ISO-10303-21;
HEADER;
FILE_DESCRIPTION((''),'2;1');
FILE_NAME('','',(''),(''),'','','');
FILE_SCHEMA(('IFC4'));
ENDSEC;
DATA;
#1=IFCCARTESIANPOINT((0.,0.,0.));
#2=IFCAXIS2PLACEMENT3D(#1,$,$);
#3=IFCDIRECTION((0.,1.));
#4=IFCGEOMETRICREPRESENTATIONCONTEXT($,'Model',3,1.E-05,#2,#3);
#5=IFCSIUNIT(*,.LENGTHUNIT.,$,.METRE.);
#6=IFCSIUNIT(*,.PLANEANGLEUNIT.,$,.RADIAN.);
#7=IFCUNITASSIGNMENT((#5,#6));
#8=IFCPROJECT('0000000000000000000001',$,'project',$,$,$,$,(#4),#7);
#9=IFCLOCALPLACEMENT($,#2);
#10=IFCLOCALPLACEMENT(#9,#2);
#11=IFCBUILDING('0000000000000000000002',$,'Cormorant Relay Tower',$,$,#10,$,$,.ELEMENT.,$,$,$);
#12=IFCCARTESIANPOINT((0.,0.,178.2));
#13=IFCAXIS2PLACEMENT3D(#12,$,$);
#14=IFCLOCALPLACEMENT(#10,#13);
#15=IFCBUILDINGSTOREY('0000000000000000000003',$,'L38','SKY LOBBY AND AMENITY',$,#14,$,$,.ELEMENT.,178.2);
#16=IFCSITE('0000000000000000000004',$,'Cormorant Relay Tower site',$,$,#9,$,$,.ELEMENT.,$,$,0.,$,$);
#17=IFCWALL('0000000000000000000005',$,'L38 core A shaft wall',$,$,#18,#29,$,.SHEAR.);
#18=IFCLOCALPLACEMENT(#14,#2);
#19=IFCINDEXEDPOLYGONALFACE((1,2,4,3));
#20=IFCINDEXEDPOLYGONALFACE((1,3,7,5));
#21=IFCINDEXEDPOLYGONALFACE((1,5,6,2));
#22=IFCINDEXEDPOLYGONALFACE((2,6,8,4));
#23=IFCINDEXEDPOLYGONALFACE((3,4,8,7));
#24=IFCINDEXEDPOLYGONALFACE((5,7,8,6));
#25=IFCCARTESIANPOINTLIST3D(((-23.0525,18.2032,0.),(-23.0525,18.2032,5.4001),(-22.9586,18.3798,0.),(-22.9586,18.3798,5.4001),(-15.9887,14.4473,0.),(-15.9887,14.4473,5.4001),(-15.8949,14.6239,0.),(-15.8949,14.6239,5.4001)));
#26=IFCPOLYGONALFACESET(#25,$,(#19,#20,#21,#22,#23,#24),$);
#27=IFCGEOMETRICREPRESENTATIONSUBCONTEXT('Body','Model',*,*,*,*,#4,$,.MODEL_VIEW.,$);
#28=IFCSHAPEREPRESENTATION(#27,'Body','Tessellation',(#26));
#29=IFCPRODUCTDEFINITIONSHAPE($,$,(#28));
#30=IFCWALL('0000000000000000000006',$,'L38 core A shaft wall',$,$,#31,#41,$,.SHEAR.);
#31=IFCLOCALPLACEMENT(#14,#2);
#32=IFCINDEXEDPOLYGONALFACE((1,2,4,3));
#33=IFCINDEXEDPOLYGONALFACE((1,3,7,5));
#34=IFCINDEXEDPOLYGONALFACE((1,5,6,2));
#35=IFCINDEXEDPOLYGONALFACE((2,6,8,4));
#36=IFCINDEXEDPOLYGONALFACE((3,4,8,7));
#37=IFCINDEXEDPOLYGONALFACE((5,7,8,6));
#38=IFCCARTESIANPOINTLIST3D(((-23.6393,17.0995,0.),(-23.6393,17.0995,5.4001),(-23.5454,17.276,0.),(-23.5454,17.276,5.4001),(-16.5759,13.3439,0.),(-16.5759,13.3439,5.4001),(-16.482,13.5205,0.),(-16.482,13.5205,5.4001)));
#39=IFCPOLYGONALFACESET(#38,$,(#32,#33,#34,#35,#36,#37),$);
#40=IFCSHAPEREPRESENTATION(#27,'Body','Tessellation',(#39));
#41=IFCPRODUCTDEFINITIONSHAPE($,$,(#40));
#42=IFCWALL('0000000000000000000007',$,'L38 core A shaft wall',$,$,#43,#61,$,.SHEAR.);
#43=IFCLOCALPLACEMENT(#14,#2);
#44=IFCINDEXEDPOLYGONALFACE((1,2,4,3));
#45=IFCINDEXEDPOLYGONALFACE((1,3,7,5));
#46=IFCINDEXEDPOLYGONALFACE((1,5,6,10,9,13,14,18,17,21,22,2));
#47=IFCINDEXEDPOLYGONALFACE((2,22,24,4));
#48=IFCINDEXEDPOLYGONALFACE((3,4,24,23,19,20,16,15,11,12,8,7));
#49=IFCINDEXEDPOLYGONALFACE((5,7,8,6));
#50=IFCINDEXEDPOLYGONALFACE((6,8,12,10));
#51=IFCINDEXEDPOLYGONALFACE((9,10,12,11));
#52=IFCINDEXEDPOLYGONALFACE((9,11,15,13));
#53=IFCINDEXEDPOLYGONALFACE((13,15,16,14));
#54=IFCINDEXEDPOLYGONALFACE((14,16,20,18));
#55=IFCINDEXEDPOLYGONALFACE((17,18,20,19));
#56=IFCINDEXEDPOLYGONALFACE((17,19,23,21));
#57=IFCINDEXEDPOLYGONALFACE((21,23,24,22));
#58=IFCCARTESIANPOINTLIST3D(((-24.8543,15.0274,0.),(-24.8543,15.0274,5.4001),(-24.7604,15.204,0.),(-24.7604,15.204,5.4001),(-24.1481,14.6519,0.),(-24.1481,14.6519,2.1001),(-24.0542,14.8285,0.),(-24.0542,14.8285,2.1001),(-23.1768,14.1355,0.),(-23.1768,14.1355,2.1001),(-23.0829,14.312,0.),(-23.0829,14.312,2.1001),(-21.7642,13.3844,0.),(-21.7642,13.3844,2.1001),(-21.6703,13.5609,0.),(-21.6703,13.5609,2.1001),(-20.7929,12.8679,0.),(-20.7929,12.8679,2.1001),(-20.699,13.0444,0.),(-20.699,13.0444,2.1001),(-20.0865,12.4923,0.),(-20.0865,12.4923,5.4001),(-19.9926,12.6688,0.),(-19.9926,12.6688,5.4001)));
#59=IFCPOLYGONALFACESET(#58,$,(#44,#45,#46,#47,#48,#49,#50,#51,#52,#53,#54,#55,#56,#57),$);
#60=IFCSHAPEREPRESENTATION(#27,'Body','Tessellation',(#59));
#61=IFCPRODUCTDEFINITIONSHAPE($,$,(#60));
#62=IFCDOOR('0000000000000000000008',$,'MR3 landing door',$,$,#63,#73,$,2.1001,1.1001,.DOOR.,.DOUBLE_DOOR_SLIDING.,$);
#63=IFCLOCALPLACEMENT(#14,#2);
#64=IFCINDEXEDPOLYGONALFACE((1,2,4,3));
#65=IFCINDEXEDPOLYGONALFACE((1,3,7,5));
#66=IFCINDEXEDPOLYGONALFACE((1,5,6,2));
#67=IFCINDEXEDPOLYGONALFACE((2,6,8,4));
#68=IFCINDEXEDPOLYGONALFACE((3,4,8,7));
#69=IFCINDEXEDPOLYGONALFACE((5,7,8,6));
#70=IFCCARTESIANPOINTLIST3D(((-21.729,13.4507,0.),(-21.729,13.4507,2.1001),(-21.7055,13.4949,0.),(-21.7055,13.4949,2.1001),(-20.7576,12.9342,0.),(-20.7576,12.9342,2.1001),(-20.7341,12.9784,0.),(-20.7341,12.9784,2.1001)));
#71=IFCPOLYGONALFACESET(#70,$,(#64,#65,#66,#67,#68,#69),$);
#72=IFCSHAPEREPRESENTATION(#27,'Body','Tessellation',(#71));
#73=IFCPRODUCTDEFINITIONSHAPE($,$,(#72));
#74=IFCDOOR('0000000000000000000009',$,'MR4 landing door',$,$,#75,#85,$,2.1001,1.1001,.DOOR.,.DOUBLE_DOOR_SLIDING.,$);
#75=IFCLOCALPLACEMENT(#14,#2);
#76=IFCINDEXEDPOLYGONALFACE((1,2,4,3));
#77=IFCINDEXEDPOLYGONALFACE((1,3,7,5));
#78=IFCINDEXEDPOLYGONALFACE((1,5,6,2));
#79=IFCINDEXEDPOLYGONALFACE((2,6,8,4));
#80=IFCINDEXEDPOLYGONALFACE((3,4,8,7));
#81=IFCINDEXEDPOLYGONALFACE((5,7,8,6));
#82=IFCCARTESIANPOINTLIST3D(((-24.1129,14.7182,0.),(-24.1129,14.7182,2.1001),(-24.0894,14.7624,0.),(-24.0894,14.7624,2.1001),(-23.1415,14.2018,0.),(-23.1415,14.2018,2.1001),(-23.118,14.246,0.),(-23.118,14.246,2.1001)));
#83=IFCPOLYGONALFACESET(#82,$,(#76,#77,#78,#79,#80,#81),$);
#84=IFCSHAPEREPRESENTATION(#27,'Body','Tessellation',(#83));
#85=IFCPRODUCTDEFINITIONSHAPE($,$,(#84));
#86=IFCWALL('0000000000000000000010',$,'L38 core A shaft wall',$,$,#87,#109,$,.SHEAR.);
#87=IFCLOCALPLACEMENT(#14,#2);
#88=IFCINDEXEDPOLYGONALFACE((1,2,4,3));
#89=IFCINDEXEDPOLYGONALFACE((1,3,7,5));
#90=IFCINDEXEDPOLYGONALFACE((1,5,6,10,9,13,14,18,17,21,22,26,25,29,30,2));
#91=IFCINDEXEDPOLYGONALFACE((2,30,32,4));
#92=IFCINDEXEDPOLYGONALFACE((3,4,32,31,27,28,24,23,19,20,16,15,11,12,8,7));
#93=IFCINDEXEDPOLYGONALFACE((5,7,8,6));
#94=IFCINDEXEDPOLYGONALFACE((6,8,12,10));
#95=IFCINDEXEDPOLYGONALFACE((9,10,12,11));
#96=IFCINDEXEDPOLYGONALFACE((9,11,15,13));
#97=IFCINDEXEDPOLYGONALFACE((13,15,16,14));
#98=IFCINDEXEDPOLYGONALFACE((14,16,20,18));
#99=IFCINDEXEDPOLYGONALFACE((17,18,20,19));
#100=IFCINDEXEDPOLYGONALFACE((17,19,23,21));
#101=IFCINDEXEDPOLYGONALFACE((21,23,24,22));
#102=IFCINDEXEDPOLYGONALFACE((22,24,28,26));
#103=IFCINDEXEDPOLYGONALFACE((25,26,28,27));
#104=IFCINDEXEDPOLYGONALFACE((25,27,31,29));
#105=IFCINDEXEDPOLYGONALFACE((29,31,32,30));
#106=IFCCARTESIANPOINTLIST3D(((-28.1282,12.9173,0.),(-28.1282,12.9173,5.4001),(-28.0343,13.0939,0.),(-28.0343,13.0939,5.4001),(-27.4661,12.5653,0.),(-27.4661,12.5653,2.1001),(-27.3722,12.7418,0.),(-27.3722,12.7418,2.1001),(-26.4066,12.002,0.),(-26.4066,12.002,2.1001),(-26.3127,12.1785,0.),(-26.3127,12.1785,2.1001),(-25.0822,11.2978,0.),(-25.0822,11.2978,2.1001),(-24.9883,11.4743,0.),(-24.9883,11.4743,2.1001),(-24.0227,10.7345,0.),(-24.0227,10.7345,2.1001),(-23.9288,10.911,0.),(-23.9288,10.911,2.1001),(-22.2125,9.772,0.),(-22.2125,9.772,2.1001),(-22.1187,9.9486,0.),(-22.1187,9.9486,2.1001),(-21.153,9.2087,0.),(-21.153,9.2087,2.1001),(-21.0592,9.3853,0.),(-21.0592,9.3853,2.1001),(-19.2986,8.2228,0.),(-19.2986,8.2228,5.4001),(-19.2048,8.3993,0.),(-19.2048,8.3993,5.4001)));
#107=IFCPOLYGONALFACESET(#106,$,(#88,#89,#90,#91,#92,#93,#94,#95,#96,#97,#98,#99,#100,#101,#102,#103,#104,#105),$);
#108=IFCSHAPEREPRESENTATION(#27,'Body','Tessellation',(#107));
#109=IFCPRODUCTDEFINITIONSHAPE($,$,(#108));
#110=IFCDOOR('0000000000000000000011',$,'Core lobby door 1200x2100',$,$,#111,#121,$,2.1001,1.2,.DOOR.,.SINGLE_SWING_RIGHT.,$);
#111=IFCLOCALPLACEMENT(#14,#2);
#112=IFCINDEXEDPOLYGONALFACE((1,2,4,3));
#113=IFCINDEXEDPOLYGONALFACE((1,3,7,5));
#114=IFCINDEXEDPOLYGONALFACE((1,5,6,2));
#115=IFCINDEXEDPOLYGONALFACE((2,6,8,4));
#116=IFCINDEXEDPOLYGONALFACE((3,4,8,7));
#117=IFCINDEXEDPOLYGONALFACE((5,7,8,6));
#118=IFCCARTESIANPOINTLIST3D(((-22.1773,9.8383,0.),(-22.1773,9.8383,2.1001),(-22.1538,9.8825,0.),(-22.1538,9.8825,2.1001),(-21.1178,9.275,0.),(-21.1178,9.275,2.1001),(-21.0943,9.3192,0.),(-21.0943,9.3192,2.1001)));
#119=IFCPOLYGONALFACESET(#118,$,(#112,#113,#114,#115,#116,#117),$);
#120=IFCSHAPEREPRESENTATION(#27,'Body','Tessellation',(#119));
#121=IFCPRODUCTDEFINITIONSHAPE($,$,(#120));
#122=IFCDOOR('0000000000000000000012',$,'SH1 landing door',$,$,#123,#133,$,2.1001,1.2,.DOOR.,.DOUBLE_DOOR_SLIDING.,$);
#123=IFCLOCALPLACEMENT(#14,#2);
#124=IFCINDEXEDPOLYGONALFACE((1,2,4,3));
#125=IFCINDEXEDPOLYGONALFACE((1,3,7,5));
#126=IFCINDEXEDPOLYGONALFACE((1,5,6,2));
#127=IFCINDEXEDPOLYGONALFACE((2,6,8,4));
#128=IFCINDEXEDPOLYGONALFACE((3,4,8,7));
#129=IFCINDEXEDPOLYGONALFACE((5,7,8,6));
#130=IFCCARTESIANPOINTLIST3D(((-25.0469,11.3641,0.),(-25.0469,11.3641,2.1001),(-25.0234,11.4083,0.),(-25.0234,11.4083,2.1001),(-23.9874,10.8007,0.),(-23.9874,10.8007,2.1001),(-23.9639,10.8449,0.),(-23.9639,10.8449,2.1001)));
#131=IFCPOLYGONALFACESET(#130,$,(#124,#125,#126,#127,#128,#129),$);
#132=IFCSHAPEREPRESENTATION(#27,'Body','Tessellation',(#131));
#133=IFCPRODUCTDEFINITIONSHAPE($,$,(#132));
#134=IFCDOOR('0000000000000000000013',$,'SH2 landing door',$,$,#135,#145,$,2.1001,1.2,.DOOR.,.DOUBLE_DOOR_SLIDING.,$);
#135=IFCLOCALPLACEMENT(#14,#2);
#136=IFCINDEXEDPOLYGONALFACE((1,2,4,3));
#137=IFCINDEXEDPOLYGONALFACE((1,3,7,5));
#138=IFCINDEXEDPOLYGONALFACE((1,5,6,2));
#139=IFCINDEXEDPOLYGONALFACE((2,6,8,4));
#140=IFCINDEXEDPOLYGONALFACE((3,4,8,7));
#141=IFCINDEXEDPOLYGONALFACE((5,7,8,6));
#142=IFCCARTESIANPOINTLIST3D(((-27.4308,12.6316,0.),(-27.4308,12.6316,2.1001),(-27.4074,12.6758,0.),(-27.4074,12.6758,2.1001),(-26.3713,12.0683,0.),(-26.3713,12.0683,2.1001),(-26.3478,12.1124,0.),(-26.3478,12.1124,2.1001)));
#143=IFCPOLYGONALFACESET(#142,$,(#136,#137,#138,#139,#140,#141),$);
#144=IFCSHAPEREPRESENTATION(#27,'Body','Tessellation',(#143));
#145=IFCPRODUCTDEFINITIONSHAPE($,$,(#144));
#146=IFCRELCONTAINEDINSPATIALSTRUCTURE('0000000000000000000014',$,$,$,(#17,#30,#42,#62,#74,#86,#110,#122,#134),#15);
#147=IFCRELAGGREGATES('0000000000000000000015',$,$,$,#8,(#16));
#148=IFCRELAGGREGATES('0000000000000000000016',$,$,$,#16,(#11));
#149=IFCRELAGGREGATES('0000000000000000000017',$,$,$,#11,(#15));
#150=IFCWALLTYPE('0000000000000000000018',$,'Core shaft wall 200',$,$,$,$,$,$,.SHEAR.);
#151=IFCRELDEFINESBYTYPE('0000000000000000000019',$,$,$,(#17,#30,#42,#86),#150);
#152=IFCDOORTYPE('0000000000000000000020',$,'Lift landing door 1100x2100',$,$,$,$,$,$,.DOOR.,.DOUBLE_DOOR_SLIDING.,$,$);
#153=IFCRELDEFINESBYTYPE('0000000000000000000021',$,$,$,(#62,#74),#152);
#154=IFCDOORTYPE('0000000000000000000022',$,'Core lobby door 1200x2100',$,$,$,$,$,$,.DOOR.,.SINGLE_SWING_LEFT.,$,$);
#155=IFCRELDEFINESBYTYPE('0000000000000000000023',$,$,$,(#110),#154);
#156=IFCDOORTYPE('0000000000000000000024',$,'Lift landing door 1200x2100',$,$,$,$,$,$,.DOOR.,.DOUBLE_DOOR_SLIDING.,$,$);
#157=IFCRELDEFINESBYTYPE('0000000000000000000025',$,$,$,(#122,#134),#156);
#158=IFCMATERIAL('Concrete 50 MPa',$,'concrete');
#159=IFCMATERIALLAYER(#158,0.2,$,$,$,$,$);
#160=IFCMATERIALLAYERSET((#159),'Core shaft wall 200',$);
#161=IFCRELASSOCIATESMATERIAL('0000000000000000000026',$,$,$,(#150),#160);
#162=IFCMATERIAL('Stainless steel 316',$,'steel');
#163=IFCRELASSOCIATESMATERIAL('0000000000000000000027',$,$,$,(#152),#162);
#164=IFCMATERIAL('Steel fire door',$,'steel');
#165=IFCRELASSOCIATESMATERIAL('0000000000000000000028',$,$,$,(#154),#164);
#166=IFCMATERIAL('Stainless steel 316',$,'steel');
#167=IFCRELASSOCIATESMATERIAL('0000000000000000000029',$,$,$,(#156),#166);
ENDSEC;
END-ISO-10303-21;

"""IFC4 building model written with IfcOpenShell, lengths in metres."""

from ifc_helpers import new_model, si_unit, direction, frame, frame_2d, origin, place, context, subcontext, project, spatial, rectangle, extrude, material, layer, layer_set, type_object, element, fill, save


model = new_model("IFC4")

# Units and contexts
model_context = context("Model", 3, precision=1e-05, world=origin(), true_north=direction((0.0, 1.0)))
body_context = subcontext(model_context, "Body", "Model", "MODEL_VIEW")
ifc_project = project(units=[si_unit("LENGTHUNIT", "METRE"), si_unit("PLANEANGLEUNIT", "RADIAN")], contexts=[model_context])

# Site, building, storey
site_placement = place(None, origin())
site = spatial("IfcSite", under=ifc_project, at=site_placement, Name="Cormorant Relay Tower site", CompositionType="ELEMENT", RefElevation=0.0)
building_placement = place(site_placement, origin())
building = spatial("IfcBuilding", under=site, at=building_placement, Name="Cormorant Relay Tower", CompositionType="ELEMENT")
storey_placement = place(building_placement, frame((0.0, 0.0, 178.2)))
storey = spatial("IfcBuildingStorey", under=building, at=storey_placement, Name="L38", Description="SKY LOBBY AND AMENITY", CompositionType="ELEMENT", Elevation=178.2)

# Shared definitions
ifc_material_1 = material(Name="Concrete 50 MPa", Category="concrete")
ifc_layer_1 = layer(ifc_material_1, 0.2)
ifc_layer_set_1 = layer_set([ifc_layer_1], Name="Core shaft wall 200")
wall_type_1 = type_object("IfcWallType", Name="Core shaft wall 200", PredefinedType="SHEAR", material=ifc_layer_set_1)

# Walls
wall_1_placement = place(storey_placement, frame((-15.9419, 14.5356, 0.0), z_axis=(0.0, 0.0, 1.0), x_axis=(-0.882947, 0.469473, 0.0)))
element("IfcWall", 1, at=wall_1_placement, inside=storey, type_object=wall_type_1, Name="L38 core A shaft wall", PredefinedType="SHEAR", context=body_context, shape_type="SweptSolid", body=[
    extrude(rectangle(XDim=8.0002, YDim=0.2, at=frame_2d((4.0, 0.0))), origin(), (0.0, 0.0, 1.0), 5.4001),
])
wall_2_placement = place(storey_placement, frame((-16.5288, 13.4321, 0.0), z_axis=(0.0, 0.0, 1.0), x_axis=(-0.882953, 0.469462, 0.0)))
element("IfcWall", 2, at=wall_2_placement, inside=storey, type_object=wall_type_1, Name="L38 core A shaft wall", PredefinedType="SHEAR", context=body_context, shape_type="SweptSolid", body=[
    extrude(rectangle(XDim=7.9998, YDim=0.2, at=frame_2d((4.0, 0.0))), origin(), (0.0, 0.0, 1.0), 5.4001),
])

# Walls, openings, doors
wall_3_placement = place(storey_placement, frame((-20.0396, 12.5806, 0.0), z_axis=(0.0, 0.0, 1.0), x_axis=(-0.882943, 0.46948, 0.0)))
wall_3 = element("IfcWall", 3, at=wall_3_placement, inside=storey, type_object=wall_type_1, Name="L38 core A shaft wall", PredefinedType="SHEAR", context=body_context, shape_type="SweptSolid", body=[
    extrude(rectangle(XDim=5.3999, YDim=0.2, at=frame_2d((2.7, 0.0))), origin(), (0.0, 0.0, 1.0), 5.4001),
])
opening_1_placement = place(wall_3_placement, frame((0.8, 0.0, 0.0)))
opening_1 = element("IfcOpeningElement", 4, at=opening_1_placement, cuts=wall_3, PredefinedType="OPENING", context=body_context, shape_type="SweptSolid", body=[
    extrude(rectangle(XDim=1.1001, YDim=2.1001, at=frame_2d((0.55, 1.05))), frame((0.0, 0.1099, 0.0), z_axis=(0.0, -1.0, 0.0), x_axis=(1.0, 0.0, 0.0)), (0.0, 0.0, 1.0), 0.22),
])
opening_2_placement = place(wall_3_placement, frame((3.5, 0.0, 0.0)))
opening_2 = element("IfcOpeningElement", 5, at=opening_2_placement, cuts=wall_3, PredefinedType="OPENING", context=body_context, shape_type="SweptSolid", body=[
    extrude(rectangle(XDim=1.1001, YDim=2.1001, at=frame_2d((0.55, 1.05))), frame((0.0, 0.1099, 0.0), z_axis=(0.0, -1.0, 0.0), x_axis=(1.0, 0.0, 0.0)), (0.0, 0.0, 1.0), 0.22),
])
ifc_material_2 = material(Name="Stainless steel 316", Category="steel")
door_type_1 = type_object("IfcDoorType", Name="Lift landing door 1100x2100", OperationType="DOUBLE_DOOR_SLIDING", PredefinedType="DOOR", material=ifc_material_2)
door_1_placement = place(opening_1_placement, origin())
door_1 = element("IfcDoor", 6, at=door_1_placement, inside=storey, type_object=door_type_1, Name="MR3 landing door", OperationType="DOUBLE_DOOR_SLIDING", OverallHeight=2.1001, OverallWidth=1.1001, PredefinedType="DOOR", context=body_context, shape_type="SweptSolid", body=[
    extrude(rectangle(XDim=1.1001, YDim=2.1001, at=frame_2d((0.55, 1.05))), frame((0.0, 0.0249, 0.0), z_axis=(0.0, -1.0, 0.0), x_axis=(1.0, 0.0, 0.0)), (0.0, 0.0, 1.0), 0.05),
])
fill(opening_1, door_1)
door_2_placement = place(opening_2_placement, origin())
door_2 = element("IfcDoor", 7, at=door_2_placement, inside=storey, type_object=door_type_1, Name="MR4 landing door", OperationType="DOUBLE_DOOR_SLIDING", OverallHeight=2.1001, OverallWidth=1.1001, PredefinedType="DOOR", context=body_context, shape_type="SweptSolid", body=[
    extrude(rectangle(XDim=1.1001, YDim=2.1001, at=frame_2d((0.55, 1.05))), frame((0.0, 0.0249, 0.0), z_axis=(0.0, -1.0, 0.0), x_axis=(1.0, 0.0, 0.0)), (0.0, 0.0, 1.0), 0.05),
])
fill(opening_2, door_2)
wall_4_placement = place(storey_placement, frame((-19.2517, 8.311, 0.0), z_axis=(0.0, 0.0, 1.0), x_axis=(-0.882956, 0.469456, 0.0)))
wall_4 = element("IfcWall", 8, at=wall_4_placement, inside=storey, type_object=wall_type_1, Name="L38 core A shaft wall", PredefinedType="SHEAR", context=body_context, shape_type="SweptSolid", body=[
    extrude(rectangle(XDim=10.0, YDim=0.2, at=frame_2d((5.0, 0.0))), origin(), (0.0, 0.0, 1.0), 5.4001),
])
opening_3_placement = place(wall_4_placement, frame((2.1001, 0.0, 0.0)))
opening_3 = element("IfcOpeningElement", 9, at=opening_3_placement, cuts=wall_4, PredefinedType="OPENING", context=body_context, shape_type="SweptSolid", body=[
    extrude(rectangle(XDim=1.2, YDim=2.1001, at=frame_2d((0.6001, 1.05))), frame((0.0, 0.1099, 0.0), z_axis=(0.0, -1.0, 0.0), x_axis=(1.0, 0.0, 0.0)), (0.0, 0.0, 1.0), 0.22),
])
opening_4_placement = place(wall_4_placement, frame((5.3501, 0.0, 0.0)))
opening_4 = element("IfcOpeningElement", 10, at=opening_4_placement, cuts=wall_4, PredefinedType="OPENING", context=body_context, shape_type="SweptSolid", body=[
    extrude(rectangle(XDim=1.2, YDim=2.1001, at=frame_2d((0.6001, 1.05))), frame((0.0, 0.1099, 0.0), z_axis=(0.0, -1.0, 0.0), x_axis=(1.0, 0.0, 0.0)), (0.0, 0.0, 1.0), 0.22),
])
opening_5_placement = place(wall_4_placement, frame((8.05, 0.0, 0.0)))
opening_5 = element("IfcOpeningElement", 11, at=opening_5_placement, cuts=wall_4, PredefinedType="OPENING", context=body_context, shape_type="SweptSolid", body=[
    extrude(rectangle(XDim=1.2, YDim=2.1001, at=frame_2d((0.6001, 1.05))), frame((0.0, 0.1099, 0.0), z_axis=(0.0, -1.0, 0.0), x_axis=(1.0, 0.0, 0.0)), (0.0, 0.0, 1.0), 0.22),
])
ifc_material_3 = material(Name="Steel fire door", Category="steel")
door_type_2 = type_object("IfcDoorType", Name="Core lobby door 1200x2100", OperationType="SINGLE_SWING_LEFT", PredefinedType="DOOR", material=ifc_material_3)
door_3_placement = place(opening_3_placement, origin())
door_3 = element("IfcDoor", 12, at=door_3_placement, inside=storey, type_object=door_type_2, Name="Core lobby door 1200x2100", OperationType="SINGLE_SWING_RIGHT", OverallHeight=2.1001, OverallWidth=1.2, PredefinedType="DOOR", context=body_context, shape_type="SweptSolid", body=[
    extrude(rectangle(XDim=1.2, YDim=2.1001, at=frame_2d((0.6001, 1.05))), frame((0.0, 0.0249, 0.0), z_axis=(0.0, -1.0, 0.0), x_axis=(1.0, 0.0, 0.0)), (0.0, 0.0, 1.0), 0.05),
])
fill(opening_3, door_3)
ifc_material_4 = material(Name="Stainless steel 316", Category="steel")
door_type_3 = type_object("IfcDoorType", Name="Lift landing door 1200x2100", OperationType="DOUBLE_DOOR_SLIDING", PredefinedType="DOOR", material=ifc_material_4)
door_4_placement = place(opening_4_placement, origin())
door_4 = element("IfcDoor", 13, at=door_4_placement, inside=storey, type_object=door_type_3, Name="SH1 landing door", OperationType="DOUBLE_DOOR_SLIDING", OverallHeight=2.1001, OverallWidth=1.2, PredefinedType="DOOR", context=body_context, shape_type="SweptSolid", body=[
    extrude(rectangle(XDim=1.2, YDim=2.1001, at=frame_2d((0.6001, 1.05))), frame((0.0, 0.0249, 0.0), z_axis=(0.0, -1.0, 0.0), x_axis=(1.0, 0.0, 0.0)), (0.0, 0.0, 1.0), 0.05),
])
fill(opening_4, door_4)
door_5_placement = place(opening_5_placement, origin())
door_5 = element("IfcDoor", 14, at=door_5_placement, inside=storey, type_object=door_type_3, Name="SH2 landing door", OperationType="DOUBLE_DOOR_SLIDING", OverallHeight=2.1001, OverallWidth=1.2, PredefinedType="DOOR", context=body_context, shape_type="SweptSolid", body=[
    extrude(rectangle(XDim=1.2, YDim=2.1001, at=frame_2d((0.6001, 1.05))), frame((0.0, 0.0249, 0.0), z_axis=(0.0, -1.0, 0.0), x_axis=(1.0, 0.0, 0.0)), (0.0, 0.0, 1.0), 0.05),
])
fill(opening_5, door_5)

save(model, "model.ifc")
